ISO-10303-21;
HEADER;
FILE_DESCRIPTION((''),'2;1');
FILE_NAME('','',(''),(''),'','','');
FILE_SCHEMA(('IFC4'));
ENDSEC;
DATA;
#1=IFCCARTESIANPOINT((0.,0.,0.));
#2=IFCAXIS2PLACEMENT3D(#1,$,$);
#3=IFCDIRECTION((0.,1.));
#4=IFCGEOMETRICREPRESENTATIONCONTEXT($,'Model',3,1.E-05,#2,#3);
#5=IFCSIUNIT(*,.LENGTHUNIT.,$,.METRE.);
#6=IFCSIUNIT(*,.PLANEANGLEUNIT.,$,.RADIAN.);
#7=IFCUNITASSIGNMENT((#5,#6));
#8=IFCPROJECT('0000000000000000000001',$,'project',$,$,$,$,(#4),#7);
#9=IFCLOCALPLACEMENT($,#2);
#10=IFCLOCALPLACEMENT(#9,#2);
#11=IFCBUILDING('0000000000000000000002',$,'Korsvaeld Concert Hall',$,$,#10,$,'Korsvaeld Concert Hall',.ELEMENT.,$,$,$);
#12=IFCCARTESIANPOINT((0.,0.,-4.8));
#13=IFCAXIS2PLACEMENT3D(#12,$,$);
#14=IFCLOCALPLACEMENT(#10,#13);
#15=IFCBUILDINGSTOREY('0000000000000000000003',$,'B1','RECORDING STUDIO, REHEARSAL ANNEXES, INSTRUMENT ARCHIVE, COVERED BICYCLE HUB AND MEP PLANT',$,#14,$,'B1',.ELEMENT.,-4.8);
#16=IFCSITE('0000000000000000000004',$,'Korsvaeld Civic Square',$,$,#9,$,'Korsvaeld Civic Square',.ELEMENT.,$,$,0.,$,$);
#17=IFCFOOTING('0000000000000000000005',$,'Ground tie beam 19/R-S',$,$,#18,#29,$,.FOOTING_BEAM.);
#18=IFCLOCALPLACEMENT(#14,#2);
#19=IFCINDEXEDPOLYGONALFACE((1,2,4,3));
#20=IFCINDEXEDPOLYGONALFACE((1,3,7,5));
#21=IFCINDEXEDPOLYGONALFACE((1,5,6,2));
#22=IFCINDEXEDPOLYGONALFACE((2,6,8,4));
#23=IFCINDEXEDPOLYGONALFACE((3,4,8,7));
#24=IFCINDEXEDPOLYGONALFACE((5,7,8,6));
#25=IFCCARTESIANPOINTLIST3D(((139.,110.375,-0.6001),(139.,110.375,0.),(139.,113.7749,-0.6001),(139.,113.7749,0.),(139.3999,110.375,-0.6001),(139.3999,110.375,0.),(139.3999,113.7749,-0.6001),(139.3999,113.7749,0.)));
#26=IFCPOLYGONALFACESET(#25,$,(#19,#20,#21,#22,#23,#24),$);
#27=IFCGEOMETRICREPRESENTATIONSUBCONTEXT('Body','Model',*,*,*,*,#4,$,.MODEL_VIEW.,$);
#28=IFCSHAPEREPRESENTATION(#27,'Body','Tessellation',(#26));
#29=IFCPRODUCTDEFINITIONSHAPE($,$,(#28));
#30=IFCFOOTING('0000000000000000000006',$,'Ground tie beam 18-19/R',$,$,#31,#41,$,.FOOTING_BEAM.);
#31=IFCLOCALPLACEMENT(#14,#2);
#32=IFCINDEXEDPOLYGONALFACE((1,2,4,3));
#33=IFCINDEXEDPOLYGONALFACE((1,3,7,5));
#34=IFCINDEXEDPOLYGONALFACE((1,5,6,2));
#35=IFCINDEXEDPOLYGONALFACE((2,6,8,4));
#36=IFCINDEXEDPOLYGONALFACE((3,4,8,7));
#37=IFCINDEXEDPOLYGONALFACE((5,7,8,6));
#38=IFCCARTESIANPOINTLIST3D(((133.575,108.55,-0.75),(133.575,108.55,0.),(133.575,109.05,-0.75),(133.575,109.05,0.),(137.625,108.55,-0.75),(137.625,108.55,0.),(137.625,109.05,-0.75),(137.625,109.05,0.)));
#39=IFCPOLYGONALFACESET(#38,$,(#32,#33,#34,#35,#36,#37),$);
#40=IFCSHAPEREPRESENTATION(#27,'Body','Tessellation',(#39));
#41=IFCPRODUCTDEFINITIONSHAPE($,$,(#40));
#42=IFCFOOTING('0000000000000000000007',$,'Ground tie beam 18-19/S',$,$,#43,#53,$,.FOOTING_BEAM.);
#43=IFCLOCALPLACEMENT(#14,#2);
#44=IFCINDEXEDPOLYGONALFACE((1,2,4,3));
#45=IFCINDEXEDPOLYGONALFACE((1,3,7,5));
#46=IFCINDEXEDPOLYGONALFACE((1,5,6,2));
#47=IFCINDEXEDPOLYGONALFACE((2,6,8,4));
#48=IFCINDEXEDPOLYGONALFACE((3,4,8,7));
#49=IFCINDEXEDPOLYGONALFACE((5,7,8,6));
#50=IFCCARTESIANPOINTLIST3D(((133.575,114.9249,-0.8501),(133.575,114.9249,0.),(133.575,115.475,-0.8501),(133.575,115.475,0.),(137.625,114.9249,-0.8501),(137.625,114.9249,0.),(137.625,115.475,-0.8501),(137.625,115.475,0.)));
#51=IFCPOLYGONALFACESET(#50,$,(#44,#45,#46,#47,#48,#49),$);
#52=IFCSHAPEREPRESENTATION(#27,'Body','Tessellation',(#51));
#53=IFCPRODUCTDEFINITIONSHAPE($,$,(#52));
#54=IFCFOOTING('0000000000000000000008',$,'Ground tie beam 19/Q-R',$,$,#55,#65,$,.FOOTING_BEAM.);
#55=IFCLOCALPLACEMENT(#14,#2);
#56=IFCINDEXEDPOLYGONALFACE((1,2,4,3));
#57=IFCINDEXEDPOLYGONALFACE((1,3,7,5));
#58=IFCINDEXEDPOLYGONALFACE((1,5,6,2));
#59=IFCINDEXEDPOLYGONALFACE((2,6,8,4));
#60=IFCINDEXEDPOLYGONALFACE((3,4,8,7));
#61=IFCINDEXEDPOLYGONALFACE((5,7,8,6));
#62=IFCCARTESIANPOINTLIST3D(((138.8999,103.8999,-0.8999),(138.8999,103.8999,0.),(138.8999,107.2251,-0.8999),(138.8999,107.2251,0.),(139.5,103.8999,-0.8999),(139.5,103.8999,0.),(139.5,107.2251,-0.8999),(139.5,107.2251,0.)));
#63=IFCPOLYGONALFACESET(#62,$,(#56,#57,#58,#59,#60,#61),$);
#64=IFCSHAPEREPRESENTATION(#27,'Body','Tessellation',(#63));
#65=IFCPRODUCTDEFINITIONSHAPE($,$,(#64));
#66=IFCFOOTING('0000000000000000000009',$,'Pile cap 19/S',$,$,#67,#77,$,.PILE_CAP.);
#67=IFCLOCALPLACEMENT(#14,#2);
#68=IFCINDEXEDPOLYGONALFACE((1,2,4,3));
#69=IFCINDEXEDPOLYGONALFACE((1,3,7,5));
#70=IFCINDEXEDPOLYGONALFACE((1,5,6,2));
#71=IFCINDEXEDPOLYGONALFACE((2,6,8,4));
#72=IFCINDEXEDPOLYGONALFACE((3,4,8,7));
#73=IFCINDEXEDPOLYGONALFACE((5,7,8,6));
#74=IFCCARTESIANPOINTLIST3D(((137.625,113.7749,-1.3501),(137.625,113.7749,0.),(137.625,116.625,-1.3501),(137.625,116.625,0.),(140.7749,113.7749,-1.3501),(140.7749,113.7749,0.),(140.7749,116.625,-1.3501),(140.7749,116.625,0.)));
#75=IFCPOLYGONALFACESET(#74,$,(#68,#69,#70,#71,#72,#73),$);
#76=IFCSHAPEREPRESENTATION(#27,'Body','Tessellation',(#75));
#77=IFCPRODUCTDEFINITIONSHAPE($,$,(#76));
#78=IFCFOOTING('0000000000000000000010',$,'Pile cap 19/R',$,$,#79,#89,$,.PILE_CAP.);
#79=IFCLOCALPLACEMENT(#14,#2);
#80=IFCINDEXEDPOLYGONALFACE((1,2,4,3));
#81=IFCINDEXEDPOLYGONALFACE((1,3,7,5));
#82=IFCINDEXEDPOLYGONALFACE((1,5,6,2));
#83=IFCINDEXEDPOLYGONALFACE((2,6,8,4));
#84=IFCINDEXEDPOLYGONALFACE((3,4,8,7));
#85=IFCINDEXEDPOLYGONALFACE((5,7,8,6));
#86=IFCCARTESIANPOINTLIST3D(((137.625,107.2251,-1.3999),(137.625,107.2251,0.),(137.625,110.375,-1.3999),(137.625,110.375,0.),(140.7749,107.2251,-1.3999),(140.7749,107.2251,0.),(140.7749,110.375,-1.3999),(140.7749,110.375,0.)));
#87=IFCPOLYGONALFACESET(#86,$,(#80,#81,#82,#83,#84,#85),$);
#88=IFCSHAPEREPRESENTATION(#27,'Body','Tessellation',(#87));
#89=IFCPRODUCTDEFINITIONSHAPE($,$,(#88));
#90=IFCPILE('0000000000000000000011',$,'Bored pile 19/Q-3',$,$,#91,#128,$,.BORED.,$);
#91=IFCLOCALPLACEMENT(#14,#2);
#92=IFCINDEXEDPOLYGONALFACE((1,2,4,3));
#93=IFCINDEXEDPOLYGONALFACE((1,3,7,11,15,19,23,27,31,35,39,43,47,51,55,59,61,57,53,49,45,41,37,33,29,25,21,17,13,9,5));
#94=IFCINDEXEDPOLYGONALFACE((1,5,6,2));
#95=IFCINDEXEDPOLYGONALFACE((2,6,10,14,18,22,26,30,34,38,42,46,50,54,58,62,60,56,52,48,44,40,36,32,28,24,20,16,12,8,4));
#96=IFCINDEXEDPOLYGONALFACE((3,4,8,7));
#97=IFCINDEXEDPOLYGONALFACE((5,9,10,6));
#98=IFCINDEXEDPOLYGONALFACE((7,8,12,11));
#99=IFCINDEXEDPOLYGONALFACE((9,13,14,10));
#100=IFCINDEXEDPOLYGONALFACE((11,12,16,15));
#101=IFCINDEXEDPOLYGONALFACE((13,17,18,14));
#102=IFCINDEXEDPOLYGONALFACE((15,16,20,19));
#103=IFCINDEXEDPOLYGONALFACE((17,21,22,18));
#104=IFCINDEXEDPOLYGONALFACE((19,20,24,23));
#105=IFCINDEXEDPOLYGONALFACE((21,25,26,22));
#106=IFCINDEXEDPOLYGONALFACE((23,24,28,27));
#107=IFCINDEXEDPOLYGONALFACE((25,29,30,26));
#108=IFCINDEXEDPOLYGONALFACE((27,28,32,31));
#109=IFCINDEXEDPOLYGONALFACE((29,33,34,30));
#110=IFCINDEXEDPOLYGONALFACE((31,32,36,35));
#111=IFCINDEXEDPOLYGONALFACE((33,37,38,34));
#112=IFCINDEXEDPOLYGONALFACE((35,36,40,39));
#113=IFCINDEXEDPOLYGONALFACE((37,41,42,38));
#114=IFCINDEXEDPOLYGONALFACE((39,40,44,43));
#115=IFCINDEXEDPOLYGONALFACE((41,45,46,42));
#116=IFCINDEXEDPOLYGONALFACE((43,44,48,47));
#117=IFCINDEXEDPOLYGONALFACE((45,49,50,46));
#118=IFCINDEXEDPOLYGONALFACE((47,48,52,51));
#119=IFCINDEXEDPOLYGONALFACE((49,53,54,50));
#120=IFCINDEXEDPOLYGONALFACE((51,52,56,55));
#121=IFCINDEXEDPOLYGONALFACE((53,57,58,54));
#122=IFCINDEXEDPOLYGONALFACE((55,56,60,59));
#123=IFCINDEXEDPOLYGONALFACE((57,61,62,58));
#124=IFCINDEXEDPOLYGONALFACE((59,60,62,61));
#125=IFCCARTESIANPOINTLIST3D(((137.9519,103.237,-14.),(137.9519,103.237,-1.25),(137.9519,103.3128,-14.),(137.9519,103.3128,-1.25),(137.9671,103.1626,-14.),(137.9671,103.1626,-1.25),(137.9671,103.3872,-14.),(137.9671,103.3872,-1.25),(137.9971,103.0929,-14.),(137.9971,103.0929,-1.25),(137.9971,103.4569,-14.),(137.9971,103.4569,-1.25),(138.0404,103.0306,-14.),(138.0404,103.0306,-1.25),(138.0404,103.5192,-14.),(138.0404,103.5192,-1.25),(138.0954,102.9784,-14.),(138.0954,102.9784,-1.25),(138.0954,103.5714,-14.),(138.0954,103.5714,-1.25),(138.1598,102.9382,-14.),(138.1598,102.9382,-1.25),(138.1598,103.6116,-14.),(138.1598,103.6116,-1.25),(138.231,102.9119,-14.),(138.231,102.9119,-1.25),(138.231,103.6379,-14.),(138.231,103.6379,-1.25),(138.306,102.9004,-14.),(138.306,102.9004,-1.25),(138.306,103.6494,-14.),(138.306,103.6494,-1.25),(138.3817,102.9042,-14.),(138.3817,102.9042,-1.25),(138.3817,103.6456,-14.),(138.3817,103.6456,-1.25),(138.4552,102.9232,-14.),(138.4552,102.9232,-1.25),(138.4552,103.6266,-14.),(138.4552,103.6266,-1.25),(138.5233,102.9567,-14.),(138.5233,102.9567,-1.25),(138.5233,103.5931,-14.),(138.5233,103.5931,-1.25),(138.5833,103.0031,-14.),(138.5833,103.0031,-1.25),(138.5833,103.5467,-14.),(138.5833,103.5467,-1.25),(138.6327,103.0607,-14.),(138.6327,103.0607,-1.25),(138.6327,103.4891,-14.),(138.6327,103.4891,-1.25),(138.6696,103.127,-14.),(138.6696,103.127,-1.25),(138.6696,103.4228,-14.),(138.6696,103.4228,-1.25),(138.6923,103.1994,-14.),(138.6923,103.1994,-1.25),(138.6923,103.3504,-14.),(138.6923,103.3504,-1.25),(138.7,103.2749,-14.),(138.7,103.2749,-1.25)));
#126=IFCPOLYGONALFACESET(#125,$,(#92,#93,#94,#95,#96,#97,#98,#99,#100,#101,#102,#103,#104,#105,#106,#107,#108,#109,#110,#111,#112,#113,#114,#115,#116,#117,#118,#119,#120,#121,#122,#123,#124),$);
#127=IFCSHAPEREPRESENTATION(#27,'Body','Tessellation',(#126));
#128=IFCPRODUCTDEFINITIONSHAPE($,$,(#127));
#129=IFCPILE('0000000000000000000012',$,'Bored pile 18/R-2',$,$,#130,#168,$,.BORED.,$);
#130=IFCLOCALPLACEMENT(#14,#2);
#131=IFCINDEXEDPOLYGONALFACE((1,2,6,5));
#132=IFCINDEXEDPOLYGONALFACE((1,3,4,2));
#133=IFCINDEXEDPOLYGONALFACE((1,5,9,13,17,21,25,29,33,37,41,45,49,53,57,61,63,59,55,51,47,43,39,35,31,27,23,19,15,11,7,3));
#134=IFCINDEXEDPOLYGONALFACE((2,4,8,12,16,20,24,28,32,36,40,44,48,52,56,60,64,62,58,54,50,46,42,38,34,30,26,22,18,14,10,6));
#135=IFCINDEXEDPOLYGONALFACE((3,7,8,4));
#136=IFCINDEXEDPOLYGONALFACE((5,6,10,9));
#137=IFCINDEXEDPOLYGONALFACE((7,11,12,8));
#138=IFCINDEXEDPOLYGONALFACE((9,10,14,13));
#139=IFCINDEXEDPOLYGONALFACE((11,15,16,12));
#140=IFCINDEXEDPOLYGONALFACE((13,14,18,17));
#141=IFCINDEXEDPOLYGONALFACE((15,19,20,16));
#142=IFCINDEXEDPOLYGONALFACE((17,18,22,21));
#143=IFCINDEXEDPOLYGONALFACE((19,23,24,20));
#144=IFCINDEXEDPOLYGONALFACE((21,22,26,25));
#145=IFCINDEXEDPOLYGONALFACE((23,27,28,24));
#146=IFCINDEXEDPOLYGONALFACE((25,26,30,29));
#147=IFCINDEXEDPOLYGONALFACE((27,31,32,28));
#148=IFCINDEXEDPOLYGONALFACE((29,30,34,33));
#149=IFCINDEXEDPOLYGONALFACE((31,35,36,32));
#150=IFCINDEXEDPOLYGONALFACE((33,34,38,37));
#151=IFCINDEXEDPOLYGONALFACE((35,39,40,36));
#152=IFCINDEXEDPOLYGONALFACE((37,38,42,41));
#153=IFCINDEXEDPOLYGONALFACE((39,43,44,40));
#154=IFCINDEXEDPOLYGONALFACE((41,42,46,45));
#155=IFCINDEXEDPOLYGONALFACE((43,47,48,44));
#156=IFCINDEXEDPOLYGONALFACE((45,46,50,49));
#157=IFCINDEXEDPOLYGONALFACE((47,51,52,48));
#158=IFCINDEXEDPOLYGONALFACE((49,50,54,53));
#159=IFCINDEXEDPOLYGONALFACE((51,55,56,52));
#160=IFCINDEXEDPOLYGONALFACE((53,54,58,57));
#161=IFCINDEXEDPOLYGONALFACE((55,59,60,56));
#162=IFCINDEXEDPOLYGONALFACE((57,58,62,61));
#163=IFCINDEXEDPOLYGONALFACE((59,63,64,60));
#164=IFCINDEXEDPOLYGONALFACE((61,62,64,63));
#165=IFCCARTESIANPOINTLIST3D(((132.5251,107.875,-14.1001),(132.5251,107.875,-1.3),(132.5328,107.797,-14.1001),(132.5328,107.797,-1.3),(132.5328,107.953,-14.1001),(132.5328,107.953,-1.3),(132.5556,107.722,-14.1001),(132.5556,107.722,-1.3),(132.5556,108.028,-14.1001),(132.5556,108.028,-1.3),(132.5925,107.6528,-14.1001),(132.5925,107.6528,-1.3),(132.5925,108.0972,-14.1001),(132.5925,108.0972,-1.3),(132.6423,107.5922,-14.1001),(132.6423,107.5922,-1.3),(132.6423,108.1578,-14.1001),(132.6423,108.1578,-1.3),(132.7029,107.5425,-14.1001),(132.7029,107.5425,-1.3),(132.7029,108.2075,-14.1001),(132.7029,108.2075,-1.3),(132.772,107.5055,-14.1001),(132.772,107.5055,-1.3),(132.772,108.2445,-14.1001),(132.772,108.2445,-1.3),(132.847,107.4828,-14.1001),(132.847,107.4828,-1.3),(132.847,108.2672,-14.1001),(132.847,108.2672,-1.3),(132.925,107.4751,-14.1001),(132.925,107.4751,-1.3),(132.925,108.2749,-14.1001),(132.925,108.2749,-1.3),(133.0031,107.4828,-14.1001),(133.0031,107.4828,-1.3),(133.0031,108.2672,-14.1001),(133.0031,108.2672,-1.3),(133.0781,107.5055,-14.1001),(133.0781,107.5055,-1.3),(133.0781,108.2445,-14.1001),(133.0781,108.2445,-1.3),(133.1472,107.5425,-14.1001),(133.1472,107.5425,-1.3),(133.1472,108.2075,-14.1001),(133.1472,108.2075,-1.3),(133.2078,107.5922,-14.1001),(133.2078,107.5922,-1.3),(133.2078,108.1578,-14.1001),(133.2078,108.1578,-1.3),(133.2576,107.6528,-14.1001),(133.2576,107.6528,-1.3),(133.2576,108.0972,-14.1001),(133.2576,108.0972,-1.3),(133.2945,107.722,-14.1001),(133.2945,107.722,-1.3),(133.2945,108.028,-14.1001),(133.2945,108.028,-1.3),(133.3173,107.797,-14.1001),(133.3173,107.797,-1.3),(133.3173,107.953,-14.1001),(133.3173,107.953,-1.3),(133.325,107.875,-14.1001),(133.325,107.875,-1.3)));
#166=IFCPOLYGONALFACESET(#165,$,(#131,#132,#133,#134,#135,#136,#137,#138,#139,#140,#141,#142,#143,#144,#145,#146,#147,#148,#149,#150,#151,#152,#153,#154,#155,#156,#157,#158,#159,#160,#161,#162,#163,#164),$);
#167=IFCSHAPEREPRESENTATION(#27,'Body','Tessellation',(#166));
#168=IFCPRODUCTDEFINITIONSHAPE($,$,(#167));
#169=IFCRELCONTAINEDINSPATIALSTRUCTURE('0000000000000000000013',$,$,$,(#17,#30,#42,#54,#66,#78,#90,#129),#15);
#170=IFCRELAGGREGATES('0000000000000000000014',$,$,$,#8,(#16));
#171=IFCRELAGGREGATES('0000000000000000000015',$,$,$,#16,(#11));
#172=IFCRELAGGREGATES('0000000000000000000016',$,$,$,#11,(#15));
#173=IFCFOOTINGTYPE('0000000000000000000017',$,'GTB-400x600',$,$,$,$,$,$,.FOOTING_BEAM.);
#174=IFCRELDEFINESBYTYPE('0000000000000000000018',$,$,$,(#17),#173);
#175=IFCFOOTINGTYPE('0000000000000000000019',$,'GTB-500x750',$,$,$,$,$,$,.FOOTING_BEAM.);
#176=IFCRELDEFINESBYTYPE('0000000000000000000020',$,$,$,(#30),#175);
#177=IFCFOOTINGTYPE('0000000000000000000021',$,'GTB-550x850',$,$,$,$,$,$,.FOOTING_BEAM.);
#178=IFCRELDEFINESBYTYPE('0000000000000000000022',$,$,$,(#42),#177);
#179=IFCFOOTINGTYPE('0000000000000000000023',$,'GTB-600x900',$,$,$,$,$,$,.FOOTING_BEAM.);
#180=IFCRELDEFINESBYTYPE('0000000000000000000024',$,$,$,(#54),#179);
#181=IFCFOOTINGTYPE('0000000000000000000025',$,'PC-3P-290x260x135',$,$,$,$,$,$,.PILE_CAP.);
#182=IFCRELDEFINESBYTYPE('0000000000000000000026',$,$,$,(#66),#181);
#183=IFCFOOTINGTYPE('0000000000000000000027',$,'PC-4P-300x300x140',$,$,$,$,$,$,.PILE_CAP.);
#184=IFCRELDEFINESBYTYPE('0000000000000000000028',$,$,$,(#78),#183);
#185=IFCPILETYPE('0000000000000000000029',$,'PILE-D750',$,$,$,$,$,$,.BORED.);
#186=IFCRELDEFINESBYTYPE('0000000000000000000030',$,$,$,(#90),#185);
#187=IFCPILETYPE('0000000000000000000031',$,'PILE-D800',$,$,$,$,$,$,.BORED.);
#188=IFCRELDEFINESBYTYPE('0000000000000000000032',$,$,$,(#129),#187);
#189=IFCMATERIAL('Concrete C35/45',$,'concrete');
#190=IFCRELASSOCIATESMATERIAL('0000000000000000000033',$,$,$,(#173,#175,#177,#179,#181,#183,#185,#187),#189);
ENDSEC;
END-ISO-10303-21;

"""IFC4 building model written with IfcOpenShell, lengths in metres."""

from ifc_helpers import new_model, si_unit, direction, frame, origin, origin_2d, place, context, subcontext, project, spatial, rectangle, circle, extrude, material, material_profile, profile_set, type_object, element, save


model = new_model("IFC4")

# Units and contexts
model_context = context("Model", 3, precision=1e-05, world=origin(), true_north=direction((0.0, 1.0)))
body_context = subcontext(model_context, "Body", "Model", "MODEL_VIEW")
ifc_project = project(units=[si_unit("LENGTHUNIT", "METRE"), si_unit("PLANEANGLEUNIT", "RADIAN")], contexts=[model_context])

# Site, building, storey
site_placement = place(None, origin())
site = spatial("IfcSite", under=ifc_project, at=site_placement, Name="Korsvaeld Civic Square", LongName="Korsvaeld Civic Square", CompositionType="ELEMENT", RefElevation=0.0)
building_placement = place(site_placement, origin())
building = spatial("IfcBuilding", under=site, at=building_placement, Name="Korsvaeld Concert Hall", LongName="Korsvaeld Concert Hall", CompositionType="ELEMENT")
storey_placement = place(building_placement, frame((0.0, 0.0, -4.8)))
storey = spatial("IfcBuildingStorey", under=building, at=storey_placement, Name="B1", Description="RECORDING STUDIO, REHEARSAL ANNEXES, INSTRUMENT ARCHIVE, COVERED BICYCLE HUB AND MEP PLANT", LongName="B1", CompositionType="ELEMENT", Elevation=-4.8)

# Footings
ifc_material_1 = material(Name="Concrete C35/45", Category="concrete")
ifc_material_profile_1 = material_profile(ifc_material_1, rectangle(XDim=0.3999, YDim=0.6001, at=origin_2d()), Name="GTB 400x600")
ifc_profile_set_1 = profile_set([ifc_material_profile_1], Name="Concrete C35/45")
footing_type_1 = type_object("IfcFootingType", Name="GTB-400x600", PredefinedType="FOOTING_BEAM", material=ifc_profile_set_1)
footing_1_placement = place(storey_placement, frame((139.2, 110.375, -0.3), z_axis=(0.0, 1.0, 0.0), x_axis=(-1.0, 0.0, 0.0)))
element("IfcFooting", 1, at=footing_1_placement, inside=storey, type_object=footing_type_1, Name="Ground tie beam 19/R-S", PredefinedType="FOOTING_BEAM", context=body_context, shape_type="SweptSolid", body=[
    extrude(rectangle(XDim=0.3999, YDim=0.6001, at=origin_2d()), origin(), (0.0, 0.0, 1.0), 3.3999),
])
ifc_material_profile_2 = material_profile(ifc_material_1, rectangle(XDim=0.5, YDim=0.75, at=origin_2d()), Name="GTB 500x750")
ifc_profile_set_2 = profile_set([ifc_material_profile_2], Name="Concrete C35/45")
footing_type_2 = type_object("IfcFootingType", Name="GTB-500x750", PredefinedType="FOOTING_BEAM", material=ifc_profile_set_2)
footing_2_placement = place(storey_placement, frame((133.575, 108.8, -0.375), z_axis=(1.0, 0.0, 0.0), x_axis=(0.0, 1.0, 0.0)))
element("IfcFooting", 2, at=footing_2_placement, inside=storey, type_object=footing_type_2, Name="Ground tie beam 18-19/R", PredefinedType="FOOTING_BEAM", context=body_context, shape_type="SweptSolid", body=[
    extrude(rectangle(XDim=0.5, YDim=0.75, at=origin_2d()), origin(), (0.0, 0.0, 1.0), 4.05),
])
ifc_material_profile_3 = material_profile(ifc_material_1, rectangle(XDim=0.55, YDim=0.8501, at=origin_2d()), Name="GTB 550x850")
ifc_profile_set_3 = profile_set([ifc_material_profile_3], Name="Concrete C35/45")
footing_type_3 = type_object("IfcFootingType", Name="GTB-550x850", PredefinedType="FOOTING_BEAM", material=ifc_profile_set_3)
footing_3_placement = place(storey_placement, frame((133.575, 115.2, -0.425), z_axis=(1.0, 0.0, 0.0), x_axis=(0.0, 1.0, 0.0)))
element("IfcFooting", 3, at=footing_3_placement, inside=storey, type_object=footing_type_3, Name="Ground tie beam 18-19/S", PredefinedType="FOOTING_BEAM", context=body_context, shape_type="SweptSolid", body=[
    extrude(rectangle(XDim=0.55, YDim=0.8501, at=origin_2d()), origin(), (0.0, 0.0, 1.0), 4.05),
])
ifc_material_profile_4 = material_profile(ifc_material_1, rectangle(XDim=0.6001, YDim=0.8999, at=origin_2d()), Name="GTB 600x900")
ifc_profile_set_4 = profile_set([ifc_material_profile_4], Name="Concrete C35/45")
footing_type_4 = type_object("IfcFootingType", Name="GTB-600x900", PredefinedType="FOOTING_BEAM", material=ifc_profile_set_4)
footing_4_placement = place(storey_placement, frame((139.2, 103.8999, -0.45), z_axis=(0.0, 1.0, 0.0), x_axis=(-1.0, 0.0, 0.0)))
element("IfcFooting", 4, at=footing_4_placement, inside=storey, type_object=footing_type_4, Name="Ground tie beam 19/Q-R", PredefinedType="FOOTING_BEAM", context=body_context, shape_type="SweptSolid", body=[
    extrude(rectangle(XDim=0.6001, YDim=0.8999, at=origin_2d()), origin(), (0.0, 0.0, 1.0), 3.3252),
])
footing_type_5 = type_object("IfcFootingType", Name="PC-3P-290x260x135", PredefinedType="PILE_CAP", material=ifc_material_1)
footing_5_placement = place(storey_placement, frame((139.2, 115.2, -1.3501), z_axis=(0.0, 0.0, 1.0), x_axis=(1.0, 0.0, 0.0)))
element("IfcFooting", 5, at=footing_5_placement, inside=storey, type_object=footing_type_5, Name="Pile cap 19/S", PredefinedType="PILE_CAP", context=body_context, shape_type="SweptSolid", body=[
    extrude(rectangle(XDim=3.1499, YDim=2.8501, at=origin_2d()), origin(), (0.0, 0.0, 1.0), 1.3501),
])
footing_type_6 = type_object("IfcFootingType", Name="PC-4P-300x300x140", PredefinedType="PILE_CAP", material=ifc_material_1)
footing_6_placement = place(storey_placement, frame((139.2, 108.8, -1.3999), z_axis=(0.0, 0.0, 1.0), x_axis=(1.0, 0.0, 0.0)))
element("IfcFooting", 6, at=footing_6_placement, inside=storey, type_object=footing_type_6, Name="Pile cap 19/R", PredefinedType="PILE_CAP", context=body_context, shape_type="SweptSolid", body=[
    extrude(rectangle(XDim=3.1499, YDim=3.1499, at=origin_2d()), origin(), (0.0, 0.0, 1.0), 1.3999),
])

# Piles
ifc_material_profile_5 = material_profile(ifc_material_1, circle(Radius=0.375, at=origin_2d()), Name="BORED PILE D750")
ifc_profile_set_5 = profile_set([ifc_material_profile_5], Name="Concrete C35/45")
pile_type_1 = type_object("IfcPileType", Name="PILE-D750", PredefinedType="BORED", material=ifc_profile_set_5)
pile_1_placement = place(storey_placement, frame((138.325, 103.2749, -1.25), z_axis=(0.0, 0.0, -1.0), x_axis=(1.0, 0.0, 0.0)))
element("IfcPile", 7, at=pile_1_placement, inside=storey, type_object=pile_type_1, Name="Bored pile 19/Q-3", PredefinedType="BORED", context=body_context, shape_type="SweptSolid", body=[
    extrude(circle(Radius=0.375, at=origin_2d()), origin(), (0.0, 0.0, 1.0), 12.75),
])
ifc_material_profile_6 = material_profile(ifc_material_1, circle(Radius=0.3999, at=origin_2d()), Name="BORED PILE D800")
ifc_profile_set_6 = profile_set([ifc_material_profile_6], Name="Concrete C35/45")
pile_type_2 = type_object("IfcPileType", Name="PILE-D800", PredefinedType="BORED", material=ifc_profile_set_6)
for number, where, z_axis, x_axis, name in (
    (8, (132.925, 107.875, -1.3), (0.0, 0.0, -1.0), (1.0, 0.0, 0.0), "Bored pile 18/R-2"),
):
    element("IfcPile", number, at=place(storey_placement, frame(where, z_axis=z_axis, x_axis=x_axis)), inside=storey, type_object=pile_type_2, Name=name, PredefinedType="BORED", context=body_context, shape_type="SweptSolid", body=[
        extrude(circle(Radius=0.3999, at=origin_2d()), origin(), (0.0, 0.0, 1.0), 12.8),
    ])

save(model, "model.ifc")
